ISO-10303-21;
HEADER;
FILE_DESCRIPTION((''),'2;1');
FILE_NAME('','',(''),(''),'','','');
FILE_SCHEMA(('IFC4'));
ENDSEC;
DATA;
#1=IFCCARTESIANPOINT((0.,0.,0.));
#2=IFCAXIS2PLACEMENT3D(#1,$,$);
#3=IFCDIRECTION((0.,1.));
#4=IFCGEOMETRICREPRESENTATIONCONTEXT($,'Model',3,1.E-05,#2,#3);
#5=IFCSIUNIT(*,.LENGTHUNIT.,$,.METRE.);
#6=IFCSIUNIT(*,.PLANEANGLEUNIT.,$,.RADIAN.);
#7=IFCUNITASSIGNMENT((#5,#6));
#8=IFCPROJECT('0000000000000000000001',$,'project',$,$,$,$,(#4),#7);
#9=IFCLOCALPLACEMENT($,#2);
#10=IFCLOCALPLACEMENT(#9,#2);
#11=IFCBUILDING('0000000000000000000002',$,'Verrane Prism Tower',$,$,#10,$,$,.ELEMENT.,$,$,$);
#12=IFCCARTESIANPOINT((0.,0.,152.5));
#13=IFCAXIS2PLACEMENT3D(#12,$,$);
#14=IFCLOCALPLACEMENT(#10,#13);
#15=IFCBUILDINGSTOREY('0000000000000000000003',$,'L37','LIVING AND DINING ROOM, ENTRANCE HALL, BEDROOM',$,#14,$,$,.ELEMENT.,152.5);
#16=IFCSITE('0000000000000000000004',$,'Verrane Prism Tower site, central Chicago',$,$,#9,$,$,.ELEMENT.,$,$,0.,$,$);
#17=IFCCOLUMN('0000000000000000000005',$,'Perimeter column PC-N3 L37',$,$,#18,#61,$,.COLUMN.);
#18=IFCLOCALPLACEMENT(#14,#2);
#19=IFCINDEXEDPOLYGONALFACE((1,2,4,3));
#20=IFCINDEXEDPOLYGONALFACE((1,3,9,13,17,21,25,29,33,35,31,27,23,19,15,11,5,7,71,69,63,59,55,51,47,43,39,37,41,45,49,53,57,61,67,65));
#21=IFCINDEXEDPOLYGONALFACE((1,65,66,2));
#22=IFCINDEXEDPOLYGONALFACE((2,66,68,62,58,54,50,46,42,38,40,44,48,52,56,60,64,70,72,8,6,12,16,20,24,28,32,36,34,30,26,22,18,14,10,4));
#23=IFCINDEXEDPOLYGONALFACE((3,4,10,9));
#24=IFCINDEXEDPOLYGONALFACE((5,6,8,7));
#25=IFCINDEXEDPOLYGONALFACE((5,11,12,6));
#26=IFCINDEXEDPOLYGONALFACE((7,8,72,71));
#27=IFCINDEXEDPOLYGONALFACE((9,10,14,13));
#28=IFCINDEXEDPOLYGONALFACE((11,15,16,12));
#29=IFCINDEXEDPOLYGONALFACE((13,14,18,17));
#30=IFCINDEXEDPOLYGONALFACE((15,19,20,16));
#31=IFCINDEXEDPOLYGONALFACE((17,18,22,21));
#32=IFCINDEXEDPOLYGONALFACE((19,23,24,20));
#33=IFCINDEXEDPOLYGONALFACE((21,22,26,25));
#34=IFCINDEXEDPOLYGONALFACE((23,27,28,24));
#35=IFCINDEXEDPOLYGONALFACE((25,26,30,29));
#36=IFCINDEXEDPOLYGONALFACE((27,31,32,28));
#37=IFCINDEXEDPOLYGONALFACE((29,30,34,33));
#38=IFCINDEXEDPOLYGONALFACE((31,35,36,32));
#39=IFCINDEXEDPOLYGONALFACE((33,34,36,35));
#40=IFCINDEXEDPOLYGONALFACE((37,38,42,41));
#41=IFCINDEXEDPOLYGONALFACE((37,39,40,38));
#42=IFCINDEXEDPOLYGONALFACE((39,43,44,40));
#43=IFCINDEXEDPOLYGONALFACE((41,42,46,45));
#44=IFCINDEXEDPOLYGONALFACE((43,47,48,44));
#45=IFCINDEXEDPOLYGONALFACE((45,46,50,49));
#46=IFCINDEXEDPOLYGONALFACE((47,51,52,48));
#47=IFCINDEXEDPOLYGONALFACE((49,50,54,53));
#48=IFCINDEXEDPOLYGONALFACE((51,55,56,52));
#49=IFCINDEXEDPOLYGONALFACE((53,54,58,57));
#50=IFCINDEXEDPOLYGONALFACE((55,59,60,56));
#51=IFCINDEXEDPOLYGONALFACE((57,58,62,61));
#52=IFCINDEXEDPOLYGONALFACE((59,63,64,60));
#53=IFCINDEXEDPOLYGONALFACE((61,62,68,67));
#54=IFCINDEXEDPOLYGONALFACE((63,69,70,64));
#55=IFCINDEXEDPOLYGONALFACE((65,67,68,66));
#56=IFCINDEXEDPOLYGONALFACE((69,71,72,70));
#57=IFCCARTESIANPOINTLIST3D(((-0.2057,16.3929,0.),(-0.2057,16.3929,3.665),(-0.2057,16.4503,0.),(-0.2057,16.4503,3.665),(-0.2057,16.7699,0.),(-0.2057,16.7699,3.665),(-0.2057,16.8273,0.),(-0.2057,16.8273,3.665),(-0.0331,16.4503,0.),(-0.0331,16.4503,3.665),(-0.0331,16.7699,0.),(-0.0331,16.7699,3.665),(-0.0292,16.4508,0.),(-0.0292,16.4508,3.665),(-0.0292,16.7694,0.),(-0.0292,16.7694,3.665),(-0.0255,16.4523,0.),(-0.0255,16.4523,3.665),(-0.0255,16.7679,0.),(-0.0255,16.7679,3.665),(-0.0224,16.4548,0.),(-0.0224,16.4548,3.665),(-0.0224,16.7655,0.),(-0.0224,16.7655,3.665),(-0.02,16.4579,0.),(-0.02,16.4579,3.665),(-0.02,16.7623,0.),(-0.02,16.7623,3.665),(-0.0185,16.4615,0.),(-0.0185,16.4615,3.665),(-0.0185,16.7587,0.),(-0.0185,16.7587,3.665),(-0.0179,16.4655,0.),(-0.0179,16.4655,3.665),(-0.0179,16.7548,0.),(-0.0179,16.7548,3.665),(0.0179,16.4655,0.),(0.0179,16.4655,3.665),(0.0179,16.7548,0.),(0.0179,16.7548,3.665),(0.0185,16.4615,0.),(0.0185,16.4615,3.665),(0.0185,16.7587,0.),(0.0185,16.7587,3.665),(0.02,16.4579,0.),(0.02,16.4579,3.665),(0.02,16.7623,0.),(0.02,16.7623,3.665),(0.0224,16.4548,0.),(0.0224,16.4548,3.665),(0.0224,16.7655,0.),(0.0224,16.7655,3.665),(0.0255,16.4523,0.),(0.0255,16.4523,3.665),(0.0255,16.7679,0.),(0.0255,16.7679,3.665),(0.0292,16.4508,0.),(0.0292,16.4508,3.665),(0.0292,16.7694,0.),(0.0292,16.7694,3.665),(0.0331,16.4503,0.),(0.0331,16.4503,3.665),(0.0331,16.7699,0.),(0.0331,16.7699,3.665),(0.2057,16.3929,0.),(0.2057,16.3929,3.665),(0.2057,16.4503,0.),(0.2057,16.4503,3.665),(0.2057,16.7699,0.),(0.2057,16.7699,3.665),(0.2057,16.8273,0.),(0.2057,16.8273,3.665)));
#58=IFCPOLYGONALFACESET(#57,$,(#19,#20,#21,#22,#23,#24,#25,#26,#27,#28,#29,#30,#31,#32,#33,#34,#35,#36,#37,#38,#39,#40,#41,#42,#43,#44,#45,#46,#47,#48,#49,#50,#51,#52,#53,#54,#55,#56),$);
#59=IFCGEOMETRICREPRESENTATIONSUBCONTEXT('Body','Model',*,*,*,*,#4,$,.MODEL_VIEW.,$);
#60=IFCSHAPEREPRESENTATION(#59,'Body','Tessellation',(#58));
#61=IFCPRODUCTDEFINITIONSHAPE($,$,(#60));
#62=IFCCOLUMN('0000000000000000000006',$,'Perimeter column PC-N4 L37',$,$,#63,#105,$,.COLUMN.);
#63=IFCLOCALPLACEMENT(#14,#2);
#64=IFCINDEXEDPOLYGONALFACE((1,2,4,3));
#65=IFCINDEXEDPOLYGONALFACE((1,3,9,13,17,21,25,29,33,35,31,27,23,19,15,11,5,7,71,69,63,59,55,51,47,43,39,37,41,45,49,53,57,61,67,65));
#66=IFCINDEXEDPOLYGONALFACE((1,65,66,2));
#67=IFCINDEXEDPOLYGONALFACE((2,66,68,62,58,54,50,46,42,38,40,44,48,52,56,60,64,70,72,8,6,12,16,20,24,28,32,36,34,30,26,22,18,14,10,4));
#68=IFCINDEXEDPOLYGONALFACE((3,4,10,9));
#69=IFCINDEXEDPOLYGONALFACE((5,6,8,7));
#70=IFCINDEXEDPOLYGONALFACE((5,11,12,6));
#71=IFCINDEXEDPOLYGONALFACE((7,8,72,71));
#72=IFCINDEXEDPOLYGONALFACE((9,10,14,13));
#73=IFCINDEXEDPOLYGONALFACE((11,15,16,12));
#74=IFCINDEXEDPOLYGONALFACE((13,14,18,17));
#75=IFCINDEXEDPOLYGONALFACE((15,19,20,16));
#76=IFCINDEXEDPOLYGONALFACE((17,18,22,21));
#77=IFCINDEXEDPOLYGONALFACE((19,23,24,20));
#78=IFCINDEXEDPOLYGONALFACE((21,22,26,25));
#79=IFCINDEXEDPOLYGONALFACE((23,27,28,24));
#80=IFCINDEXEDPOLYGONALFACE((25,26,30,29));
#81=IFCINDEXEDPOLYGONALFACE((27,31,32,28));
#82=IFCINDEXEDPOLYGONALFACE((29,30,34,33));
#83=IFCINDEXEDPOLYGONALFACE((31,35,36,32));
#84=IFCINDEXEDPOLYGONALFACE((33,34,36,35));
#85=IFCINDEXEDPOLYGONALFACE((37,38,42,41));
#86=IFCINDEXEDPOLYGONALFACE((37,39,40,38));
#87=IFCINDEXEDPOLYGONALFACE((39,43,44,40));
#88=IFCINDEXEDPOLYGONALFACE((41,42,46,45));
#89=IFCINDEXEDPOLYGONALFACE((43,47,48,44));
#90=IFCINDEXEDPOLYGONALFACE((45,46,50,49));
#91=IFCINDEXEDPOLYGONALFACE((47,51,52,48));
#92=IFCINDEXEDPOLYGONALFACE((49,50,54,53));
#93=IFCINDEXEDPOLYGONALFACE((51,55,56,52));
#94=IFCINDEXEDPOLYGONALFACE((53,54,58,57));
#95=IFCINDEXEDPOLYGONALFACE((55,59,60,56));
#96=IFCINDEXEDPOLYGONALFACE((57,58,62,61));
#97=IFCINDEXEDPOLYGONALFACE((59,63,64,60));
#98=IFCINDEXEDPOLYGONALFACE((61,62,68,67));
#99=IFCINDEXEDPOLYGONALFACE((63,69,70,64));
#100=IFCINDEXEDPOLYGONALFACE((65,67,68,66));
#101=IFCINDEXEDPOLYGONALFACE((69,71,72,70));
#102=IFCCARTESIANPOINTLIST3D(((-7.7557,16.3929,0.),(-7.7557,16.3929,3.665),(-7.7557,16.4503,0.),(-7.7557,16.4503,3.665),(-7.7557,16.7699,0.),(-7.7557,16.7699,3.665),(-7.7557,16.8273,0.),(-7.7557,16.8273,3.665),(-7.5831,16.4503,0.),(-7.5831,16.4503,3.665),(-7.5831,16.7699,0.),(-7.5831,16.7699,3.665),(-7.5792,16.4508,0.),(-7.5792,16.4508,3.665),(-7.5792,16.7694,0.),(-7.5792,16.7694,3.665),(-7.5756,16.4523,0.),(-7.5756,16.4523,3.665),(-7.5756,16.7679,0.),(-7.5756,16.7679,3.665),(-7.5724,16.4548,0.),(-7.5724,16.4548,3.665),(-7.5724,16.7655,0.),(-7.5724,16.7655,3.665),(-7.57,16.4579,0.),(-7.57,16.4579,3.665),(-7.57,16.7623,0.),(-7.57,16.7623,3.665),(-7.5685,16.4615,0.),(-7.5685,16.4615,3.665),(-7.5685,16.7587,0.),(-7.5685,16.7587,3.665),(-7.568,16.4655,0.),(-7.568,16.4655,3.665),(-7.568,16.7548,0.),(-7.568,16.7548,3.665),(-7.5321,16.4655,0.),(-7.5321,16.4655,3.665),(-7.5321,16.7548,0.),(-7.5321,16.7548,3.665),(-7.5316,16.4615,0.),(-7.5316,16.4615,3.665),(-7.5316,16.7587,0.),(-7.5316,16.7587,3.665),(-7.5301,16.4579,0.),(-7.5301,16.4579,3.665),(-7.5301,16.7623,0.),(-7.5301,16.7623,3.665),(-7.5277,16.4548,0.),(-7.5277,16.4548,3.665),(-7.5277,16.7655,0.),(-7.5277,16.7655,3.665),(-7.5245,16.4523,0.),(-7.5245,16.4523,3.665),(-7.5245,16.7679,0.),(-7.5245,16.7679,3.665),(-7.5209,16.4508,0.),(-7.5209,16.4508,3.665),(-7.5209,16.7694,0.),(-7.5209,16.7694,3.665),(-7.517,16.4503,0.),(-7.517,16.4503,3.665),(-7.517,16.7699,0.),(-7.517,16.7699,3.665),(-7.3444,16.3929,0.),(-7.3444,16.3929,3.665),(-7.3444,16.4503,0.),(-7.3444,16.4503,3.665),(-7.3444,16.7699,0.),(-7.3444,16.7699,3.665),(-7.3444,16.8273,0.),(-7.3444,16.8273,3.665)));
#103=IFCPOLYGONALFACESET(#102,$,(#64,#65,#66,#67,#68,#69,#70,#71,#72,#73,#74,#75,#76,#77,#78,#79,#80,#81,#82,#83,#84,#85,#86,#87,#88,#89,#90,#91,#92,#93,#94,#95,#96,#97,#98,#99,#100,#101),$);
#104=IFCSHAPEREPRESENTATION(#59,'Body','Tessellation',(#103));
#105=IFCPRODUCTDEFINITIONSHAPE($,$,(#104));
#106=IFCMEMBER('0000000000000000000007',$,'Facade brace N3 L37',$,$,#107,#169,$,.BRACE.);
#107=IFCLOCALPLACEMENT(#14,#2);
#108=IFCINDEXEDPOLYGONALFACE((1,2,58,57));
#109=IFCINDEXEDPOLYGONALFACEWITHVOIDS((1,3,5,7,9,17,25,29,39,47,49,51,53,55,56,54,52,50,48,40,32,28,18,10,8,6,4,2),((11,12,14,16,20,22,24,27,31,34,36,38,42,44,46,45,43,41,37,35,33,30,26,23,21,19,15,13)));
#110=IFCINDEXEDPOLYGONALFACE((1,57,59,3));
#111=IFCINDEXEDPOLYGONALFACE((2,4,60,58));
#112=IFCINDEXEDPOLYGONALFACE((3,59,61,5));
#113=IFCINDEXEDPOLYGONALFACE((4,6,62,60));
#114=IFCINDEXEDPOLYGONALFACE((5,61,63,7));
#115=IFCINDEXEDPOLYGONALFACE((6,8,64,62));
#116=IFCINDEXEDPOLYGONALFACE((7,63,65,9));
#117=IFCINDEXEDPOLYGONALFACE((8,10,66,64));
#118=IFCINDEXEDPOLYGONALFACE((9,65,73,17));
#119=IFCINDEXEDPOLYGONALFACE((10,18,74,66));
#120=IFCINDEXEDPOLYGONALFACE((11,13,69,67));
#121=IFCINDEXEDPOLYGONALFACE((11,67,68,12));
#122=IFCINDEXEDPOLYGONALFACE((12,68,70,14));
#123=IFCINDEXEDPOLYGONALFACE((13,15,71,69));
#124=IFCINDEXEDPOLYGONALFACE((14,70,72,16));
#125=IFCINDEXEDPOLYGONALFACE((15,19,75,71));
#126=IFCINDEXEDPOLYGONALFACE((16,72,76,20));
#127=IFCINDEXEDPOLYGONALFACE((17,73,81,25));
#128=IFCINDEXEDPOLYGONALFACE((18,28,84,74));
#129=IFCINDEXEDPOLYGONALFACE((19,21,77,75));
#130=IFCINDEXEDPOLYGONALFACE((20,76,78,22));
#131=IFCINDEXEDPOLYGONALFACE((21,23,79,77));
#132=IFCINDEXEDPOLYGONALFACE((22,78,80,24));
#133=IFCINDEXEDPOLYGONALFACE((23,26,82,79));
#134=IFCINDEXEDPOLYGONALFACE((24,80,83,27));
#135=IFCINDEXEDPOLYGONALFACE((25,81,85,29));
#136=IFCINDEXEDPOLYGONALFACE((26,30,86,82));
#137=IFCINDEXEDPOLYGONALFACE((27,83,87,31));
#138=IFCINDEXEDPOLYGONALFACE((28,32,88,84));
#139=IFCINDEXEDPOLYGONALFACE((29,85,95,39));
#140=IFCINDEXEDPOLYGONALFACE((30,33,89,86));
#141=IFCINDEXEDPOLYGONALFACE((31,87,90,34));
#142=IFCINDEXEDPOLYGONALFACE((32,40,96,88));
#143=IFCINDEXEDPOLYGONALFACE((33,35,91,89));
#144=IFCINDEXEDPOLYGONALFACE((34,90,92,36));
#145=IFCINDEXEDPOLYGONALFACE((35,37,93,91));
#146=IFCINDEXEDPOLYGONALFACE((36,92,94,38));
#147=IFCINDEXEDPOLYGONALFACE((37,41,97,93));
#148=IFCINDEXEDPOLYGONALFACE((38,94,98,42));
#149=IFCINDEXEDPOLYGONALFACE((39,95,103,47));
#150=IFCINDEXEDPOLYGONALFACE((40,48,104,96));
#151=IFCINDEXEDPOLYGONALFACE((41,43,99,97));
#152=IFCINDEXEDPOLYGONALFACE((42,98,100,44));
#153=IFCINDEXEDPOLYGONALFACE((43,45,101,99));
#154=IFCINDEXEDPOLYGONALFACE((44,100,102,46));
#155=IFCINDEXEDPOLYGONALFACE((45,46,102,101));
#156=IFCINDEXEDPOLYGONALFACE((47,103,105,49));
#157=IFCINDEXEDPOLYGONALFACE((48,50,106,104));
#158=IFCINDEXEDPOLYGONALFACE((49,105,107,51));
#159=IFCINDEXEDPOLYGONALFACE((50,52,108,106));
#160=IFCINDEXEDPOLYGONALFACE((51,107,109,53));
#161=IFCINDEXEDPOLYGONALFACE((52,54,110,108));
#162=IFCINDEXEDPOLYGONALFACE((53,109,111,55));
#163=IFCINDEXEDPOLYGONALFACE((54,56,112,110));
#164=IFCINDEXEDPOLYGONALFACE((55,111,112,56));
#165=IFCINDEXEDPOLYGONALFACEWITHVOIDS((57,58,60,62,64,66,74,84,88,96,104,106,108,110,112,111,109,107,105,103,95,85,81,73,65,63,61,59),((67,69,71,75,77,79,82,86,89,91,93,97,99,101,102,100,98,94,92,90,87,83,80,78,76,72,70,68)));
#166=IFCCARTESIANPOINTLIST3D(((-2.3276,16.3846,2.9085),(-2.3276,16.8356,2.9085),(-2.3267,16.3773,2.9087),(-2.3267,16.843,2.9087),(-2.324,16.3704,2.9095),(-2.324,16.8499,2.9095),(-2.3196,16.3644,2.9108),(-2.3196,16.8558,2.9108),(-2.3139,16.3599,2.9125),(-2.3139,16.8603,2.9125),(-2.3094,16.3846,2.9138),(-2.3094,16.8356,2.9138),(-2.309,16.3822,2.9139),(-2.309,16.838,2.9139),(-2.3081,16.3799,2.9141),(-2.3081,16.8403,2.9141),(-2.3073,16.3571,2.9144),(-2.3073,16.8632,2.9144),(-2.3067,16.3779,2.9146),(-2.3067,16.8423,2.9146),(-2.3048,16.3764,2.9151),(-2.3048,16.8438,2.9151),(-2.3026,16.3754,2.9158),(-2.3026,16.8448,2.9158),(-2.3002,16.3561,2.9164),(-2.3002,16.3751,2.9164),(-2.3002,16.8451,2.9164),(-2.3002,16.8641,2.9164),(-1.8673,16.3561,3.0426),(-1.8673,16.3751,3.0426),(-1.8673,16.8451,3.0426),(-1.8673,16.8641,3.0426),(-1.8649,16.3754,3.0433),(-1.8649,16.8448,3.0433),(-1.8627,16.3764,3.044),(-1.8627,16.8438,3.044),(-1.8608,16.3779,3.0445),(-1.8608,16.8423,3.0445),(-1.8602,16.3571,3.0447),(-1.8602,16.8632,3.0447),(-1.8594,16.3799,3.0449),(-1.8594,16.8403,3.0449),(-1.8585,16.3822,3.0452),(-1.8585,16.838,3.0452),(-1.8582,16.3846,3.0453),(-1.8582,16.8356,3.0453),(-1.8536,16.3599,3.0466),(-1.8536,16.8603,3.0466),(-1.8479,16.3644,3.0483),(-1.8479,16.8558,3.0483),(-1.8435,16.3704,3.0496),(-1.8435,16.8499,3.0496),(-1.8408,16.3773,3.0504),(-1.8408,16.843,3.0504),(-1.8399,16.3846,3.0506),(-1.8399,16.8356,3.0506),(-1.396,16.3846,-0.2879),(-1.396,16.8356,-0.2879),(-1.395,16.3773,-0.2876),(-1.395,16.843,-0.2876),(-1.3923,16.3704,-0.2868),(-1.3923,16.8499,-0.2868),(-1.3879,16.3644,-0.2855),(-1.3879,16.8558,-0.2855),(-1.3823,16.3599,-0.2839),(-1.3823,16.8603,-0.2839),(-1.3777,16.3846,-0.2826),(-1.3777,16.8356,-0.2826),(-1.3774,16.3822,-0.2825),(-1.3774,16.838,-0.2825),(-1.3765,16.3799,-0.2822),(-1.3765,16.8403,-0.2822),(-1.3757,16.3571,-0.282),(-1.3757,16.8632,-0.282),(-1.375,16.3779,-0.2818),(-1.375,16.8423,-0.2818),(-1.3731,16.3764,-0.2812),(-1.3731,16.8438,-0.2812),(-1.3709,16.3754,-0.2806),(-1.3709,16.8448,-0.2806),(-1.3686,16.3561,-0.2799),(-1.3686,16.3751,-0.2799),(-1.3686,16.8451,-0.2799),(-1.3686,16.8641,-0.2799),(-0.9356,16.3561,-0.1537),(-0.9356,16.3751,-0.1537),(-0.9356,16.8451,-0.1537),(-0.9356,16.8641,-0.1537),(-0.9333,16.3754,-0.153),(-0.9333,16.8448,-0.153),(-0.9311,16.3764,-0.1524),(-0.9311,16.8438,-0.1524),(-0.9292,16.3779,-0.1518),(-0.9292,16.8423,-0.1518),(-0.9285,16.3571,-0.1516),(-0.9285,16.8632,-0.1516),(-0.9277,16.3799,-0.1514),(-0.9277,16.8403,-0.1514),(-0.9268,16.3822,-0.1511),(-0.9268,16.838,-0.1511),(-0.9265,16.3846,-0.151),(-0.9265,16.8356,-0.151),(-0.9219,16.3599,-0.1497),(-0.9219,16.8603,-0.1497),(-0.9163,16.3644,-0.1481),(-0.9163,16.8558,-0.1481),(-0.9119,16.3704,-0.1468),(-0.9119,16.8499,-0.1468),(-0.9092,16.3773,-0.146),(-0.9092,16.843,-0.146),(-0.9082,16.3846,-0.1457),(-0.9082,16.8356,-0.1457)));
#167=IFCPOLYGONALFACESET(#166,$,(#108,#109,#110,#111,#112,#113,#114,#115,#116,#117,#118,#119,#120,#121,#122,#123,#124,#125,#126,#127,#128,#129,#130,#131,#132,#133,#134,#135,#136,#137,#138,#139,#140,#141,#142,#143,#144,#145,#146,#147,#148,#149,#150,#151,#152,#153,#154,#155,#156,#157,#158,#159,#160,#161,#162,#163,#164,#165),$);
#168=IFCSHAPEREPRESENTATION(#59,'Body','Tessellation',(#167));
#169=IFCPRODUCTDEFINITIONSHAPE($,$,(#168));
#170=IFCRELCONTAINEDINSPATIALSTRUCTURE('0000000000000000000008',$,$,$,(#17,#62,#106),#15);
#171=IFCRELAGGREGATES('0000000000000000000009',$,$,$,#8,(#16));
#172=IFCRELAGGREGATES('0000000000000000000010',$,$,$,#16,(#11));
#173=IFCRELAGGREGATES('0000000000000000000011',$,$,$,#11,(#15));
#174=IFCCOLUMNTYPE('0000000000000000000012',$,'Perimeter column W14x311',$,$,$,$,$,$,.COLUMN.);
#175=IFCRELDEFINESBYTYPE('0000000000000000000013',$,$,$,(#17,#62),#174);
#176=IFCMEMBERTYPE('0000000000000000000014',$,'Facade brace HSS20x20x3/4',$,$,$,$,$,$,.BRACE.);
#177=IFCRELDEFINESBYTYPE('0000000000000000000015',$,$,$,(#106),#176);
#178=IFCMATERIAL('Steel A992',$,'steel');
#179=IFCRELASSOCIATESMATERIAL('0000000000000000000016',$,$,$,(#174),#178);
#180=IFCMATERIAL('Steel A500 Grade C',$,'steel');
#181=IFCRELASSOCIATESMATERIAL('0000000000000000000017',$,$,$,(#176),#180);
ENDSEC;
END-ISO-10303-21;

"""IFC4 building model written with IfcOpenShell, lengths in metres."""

from ifc_helpers import new_model, si_unit, direction, frame, origin, origin_2d, place, context, subcontext, project, spatial, hollow_rectangle, i_section, extrude, material, material_profile, profile_set, type_object, element, save


model = new_model("IFC4")

# Units and contexts
model_context = context("Model", 3, precision=1e-05, world=origin(), true_north=direction((0.0, 1.0)))
body_context = subcontext(model_context, "Body", "Model", "MODEL_VIEW")
ifc_project = project(units=[si_unit("LENGTHUNIT", "METRE"), si_unit("PLANEANGLEUNIT", "RADIAN")], contexts=[model_context])

# Site, building, storey
site_placement = place(None, origin())
site = spatial("IfcSite", under=ifc_project, at=site_placement, Name="Verrane Prism Tower site, central Chicago", CompositionType="ELEMENT", RefElevation=0.0)
building_placement = place(site_placement, origin())
building = spatial("IfcBuilding", under=site, at=building_placement, Name="Verrane Prism Tower", CompositionType="ELEMENT")
storey_placement = place(building_placement, frame((0.0, 0.0, 152.5)))
storey = spatial("IfcBuildingStorey", under=building, at=storey_placement, Name="L37", Description="LIVING AND DINING ROOM, ENTRANCE HALL, BEDROOM", CompositionType="ELEMENT", Elevation=152.5)

# Columns
ifc_material_1 = material(Name="Steel A992", Category="steel")
ifc_material_profile_1 = material_profile(ifc_material_1, i_section(OverallWidth=0.4114, OverallDepth=0.4343, WebThickness=0.0359, FlangeThickness=0.0574, FilletRadius=0.0151, at=origin_2d()), Name="W14x311")
ifc_profile_set_1 = profile_set([ifc_material_profile_1], Name="Steel A992")
column_type = type_object("IfcColumnType", Name="Perimeter column W14x311", PredefinedType="COLUMN", material=ifc_profile_set_1)
for number, where, z_axis, x_axis, name in (
    (1, (0.0, 16.6101, 0.0), (0.0, 0.0, 1.0), (1.0, 0.0, 0.0), "Perimeter column PC-N3 L37"),
    (2, (-7.55, 16.6101, 0.0), (0.0, 0.0, 1.0), (1.0, 0.0, 0.0), "Perimeter column PC-N4 L37"),
):
    element("IfcColumn", number, at=place(storey_placement, frame(where, z_axis=z_axis, x_axis=x_axis)), inside=storey, type_object=column_type, Name=name, PredefinedType="COLUMN", context=body_context, shape_type="SweptSolid", body=[
        extrude(i_section(OverallWidth=0.4114, OverallDepth=0.4343, WebThickness=0.0359, FlangeThickness=0.0574, FilletRadius=0.0151, at=origin_2d()), origin(), (0.0, 0.0, 1.0), 3.665),
    ])

# Member
ifc_material_2 = material(Name="Steel A500 Grade C", Category="steel")
ifc_material_profile_2 = material_profile(ifc_material_2, hollow_rectangle(XDim=0.5081, YDim=0.5081, WallThickness=0.019, InnerFilletRadius=0.0095, OuterFilletRadius=0.0286, at=origin_2d()), Name="HSS20x20x3/4")
ifc_profile_set_2 = profile_set([ifc_material_profile_2], Name="Steel A500 Grade C")
member_type_1 = type_object("IfcMemberType", Name="Facade brace HSS20x20x3/4", PredefinedType="BRACE", material=ifc_profile_set_2)
member_1_placement = place(storey_placement, frame((-1.1521, 16.6101, -0.2168), z_axis=(-0.279831, 0.0, 0.960049), x_axis=(0.0, -1.0, 0.0)))
element("IfcMember", 3, at=member_1_placement, inside=storey, type_object=member_type_1, Name="Facade brace N3 L37", PredefinedType="BRACE", context=body_context, shape_type="SweptSolid", body=[
    extrude(hollow_rectangle(XDim=0.5081, YDim=0.5081, WallThickness=0.019, InnerFilletRadius=0.0095, OuterFilletRadius=0.0286, at=origin_2d()), origin(), (0.0, 0.0, 1.0), 3.3293),
])

save(model, "model.ifc")
